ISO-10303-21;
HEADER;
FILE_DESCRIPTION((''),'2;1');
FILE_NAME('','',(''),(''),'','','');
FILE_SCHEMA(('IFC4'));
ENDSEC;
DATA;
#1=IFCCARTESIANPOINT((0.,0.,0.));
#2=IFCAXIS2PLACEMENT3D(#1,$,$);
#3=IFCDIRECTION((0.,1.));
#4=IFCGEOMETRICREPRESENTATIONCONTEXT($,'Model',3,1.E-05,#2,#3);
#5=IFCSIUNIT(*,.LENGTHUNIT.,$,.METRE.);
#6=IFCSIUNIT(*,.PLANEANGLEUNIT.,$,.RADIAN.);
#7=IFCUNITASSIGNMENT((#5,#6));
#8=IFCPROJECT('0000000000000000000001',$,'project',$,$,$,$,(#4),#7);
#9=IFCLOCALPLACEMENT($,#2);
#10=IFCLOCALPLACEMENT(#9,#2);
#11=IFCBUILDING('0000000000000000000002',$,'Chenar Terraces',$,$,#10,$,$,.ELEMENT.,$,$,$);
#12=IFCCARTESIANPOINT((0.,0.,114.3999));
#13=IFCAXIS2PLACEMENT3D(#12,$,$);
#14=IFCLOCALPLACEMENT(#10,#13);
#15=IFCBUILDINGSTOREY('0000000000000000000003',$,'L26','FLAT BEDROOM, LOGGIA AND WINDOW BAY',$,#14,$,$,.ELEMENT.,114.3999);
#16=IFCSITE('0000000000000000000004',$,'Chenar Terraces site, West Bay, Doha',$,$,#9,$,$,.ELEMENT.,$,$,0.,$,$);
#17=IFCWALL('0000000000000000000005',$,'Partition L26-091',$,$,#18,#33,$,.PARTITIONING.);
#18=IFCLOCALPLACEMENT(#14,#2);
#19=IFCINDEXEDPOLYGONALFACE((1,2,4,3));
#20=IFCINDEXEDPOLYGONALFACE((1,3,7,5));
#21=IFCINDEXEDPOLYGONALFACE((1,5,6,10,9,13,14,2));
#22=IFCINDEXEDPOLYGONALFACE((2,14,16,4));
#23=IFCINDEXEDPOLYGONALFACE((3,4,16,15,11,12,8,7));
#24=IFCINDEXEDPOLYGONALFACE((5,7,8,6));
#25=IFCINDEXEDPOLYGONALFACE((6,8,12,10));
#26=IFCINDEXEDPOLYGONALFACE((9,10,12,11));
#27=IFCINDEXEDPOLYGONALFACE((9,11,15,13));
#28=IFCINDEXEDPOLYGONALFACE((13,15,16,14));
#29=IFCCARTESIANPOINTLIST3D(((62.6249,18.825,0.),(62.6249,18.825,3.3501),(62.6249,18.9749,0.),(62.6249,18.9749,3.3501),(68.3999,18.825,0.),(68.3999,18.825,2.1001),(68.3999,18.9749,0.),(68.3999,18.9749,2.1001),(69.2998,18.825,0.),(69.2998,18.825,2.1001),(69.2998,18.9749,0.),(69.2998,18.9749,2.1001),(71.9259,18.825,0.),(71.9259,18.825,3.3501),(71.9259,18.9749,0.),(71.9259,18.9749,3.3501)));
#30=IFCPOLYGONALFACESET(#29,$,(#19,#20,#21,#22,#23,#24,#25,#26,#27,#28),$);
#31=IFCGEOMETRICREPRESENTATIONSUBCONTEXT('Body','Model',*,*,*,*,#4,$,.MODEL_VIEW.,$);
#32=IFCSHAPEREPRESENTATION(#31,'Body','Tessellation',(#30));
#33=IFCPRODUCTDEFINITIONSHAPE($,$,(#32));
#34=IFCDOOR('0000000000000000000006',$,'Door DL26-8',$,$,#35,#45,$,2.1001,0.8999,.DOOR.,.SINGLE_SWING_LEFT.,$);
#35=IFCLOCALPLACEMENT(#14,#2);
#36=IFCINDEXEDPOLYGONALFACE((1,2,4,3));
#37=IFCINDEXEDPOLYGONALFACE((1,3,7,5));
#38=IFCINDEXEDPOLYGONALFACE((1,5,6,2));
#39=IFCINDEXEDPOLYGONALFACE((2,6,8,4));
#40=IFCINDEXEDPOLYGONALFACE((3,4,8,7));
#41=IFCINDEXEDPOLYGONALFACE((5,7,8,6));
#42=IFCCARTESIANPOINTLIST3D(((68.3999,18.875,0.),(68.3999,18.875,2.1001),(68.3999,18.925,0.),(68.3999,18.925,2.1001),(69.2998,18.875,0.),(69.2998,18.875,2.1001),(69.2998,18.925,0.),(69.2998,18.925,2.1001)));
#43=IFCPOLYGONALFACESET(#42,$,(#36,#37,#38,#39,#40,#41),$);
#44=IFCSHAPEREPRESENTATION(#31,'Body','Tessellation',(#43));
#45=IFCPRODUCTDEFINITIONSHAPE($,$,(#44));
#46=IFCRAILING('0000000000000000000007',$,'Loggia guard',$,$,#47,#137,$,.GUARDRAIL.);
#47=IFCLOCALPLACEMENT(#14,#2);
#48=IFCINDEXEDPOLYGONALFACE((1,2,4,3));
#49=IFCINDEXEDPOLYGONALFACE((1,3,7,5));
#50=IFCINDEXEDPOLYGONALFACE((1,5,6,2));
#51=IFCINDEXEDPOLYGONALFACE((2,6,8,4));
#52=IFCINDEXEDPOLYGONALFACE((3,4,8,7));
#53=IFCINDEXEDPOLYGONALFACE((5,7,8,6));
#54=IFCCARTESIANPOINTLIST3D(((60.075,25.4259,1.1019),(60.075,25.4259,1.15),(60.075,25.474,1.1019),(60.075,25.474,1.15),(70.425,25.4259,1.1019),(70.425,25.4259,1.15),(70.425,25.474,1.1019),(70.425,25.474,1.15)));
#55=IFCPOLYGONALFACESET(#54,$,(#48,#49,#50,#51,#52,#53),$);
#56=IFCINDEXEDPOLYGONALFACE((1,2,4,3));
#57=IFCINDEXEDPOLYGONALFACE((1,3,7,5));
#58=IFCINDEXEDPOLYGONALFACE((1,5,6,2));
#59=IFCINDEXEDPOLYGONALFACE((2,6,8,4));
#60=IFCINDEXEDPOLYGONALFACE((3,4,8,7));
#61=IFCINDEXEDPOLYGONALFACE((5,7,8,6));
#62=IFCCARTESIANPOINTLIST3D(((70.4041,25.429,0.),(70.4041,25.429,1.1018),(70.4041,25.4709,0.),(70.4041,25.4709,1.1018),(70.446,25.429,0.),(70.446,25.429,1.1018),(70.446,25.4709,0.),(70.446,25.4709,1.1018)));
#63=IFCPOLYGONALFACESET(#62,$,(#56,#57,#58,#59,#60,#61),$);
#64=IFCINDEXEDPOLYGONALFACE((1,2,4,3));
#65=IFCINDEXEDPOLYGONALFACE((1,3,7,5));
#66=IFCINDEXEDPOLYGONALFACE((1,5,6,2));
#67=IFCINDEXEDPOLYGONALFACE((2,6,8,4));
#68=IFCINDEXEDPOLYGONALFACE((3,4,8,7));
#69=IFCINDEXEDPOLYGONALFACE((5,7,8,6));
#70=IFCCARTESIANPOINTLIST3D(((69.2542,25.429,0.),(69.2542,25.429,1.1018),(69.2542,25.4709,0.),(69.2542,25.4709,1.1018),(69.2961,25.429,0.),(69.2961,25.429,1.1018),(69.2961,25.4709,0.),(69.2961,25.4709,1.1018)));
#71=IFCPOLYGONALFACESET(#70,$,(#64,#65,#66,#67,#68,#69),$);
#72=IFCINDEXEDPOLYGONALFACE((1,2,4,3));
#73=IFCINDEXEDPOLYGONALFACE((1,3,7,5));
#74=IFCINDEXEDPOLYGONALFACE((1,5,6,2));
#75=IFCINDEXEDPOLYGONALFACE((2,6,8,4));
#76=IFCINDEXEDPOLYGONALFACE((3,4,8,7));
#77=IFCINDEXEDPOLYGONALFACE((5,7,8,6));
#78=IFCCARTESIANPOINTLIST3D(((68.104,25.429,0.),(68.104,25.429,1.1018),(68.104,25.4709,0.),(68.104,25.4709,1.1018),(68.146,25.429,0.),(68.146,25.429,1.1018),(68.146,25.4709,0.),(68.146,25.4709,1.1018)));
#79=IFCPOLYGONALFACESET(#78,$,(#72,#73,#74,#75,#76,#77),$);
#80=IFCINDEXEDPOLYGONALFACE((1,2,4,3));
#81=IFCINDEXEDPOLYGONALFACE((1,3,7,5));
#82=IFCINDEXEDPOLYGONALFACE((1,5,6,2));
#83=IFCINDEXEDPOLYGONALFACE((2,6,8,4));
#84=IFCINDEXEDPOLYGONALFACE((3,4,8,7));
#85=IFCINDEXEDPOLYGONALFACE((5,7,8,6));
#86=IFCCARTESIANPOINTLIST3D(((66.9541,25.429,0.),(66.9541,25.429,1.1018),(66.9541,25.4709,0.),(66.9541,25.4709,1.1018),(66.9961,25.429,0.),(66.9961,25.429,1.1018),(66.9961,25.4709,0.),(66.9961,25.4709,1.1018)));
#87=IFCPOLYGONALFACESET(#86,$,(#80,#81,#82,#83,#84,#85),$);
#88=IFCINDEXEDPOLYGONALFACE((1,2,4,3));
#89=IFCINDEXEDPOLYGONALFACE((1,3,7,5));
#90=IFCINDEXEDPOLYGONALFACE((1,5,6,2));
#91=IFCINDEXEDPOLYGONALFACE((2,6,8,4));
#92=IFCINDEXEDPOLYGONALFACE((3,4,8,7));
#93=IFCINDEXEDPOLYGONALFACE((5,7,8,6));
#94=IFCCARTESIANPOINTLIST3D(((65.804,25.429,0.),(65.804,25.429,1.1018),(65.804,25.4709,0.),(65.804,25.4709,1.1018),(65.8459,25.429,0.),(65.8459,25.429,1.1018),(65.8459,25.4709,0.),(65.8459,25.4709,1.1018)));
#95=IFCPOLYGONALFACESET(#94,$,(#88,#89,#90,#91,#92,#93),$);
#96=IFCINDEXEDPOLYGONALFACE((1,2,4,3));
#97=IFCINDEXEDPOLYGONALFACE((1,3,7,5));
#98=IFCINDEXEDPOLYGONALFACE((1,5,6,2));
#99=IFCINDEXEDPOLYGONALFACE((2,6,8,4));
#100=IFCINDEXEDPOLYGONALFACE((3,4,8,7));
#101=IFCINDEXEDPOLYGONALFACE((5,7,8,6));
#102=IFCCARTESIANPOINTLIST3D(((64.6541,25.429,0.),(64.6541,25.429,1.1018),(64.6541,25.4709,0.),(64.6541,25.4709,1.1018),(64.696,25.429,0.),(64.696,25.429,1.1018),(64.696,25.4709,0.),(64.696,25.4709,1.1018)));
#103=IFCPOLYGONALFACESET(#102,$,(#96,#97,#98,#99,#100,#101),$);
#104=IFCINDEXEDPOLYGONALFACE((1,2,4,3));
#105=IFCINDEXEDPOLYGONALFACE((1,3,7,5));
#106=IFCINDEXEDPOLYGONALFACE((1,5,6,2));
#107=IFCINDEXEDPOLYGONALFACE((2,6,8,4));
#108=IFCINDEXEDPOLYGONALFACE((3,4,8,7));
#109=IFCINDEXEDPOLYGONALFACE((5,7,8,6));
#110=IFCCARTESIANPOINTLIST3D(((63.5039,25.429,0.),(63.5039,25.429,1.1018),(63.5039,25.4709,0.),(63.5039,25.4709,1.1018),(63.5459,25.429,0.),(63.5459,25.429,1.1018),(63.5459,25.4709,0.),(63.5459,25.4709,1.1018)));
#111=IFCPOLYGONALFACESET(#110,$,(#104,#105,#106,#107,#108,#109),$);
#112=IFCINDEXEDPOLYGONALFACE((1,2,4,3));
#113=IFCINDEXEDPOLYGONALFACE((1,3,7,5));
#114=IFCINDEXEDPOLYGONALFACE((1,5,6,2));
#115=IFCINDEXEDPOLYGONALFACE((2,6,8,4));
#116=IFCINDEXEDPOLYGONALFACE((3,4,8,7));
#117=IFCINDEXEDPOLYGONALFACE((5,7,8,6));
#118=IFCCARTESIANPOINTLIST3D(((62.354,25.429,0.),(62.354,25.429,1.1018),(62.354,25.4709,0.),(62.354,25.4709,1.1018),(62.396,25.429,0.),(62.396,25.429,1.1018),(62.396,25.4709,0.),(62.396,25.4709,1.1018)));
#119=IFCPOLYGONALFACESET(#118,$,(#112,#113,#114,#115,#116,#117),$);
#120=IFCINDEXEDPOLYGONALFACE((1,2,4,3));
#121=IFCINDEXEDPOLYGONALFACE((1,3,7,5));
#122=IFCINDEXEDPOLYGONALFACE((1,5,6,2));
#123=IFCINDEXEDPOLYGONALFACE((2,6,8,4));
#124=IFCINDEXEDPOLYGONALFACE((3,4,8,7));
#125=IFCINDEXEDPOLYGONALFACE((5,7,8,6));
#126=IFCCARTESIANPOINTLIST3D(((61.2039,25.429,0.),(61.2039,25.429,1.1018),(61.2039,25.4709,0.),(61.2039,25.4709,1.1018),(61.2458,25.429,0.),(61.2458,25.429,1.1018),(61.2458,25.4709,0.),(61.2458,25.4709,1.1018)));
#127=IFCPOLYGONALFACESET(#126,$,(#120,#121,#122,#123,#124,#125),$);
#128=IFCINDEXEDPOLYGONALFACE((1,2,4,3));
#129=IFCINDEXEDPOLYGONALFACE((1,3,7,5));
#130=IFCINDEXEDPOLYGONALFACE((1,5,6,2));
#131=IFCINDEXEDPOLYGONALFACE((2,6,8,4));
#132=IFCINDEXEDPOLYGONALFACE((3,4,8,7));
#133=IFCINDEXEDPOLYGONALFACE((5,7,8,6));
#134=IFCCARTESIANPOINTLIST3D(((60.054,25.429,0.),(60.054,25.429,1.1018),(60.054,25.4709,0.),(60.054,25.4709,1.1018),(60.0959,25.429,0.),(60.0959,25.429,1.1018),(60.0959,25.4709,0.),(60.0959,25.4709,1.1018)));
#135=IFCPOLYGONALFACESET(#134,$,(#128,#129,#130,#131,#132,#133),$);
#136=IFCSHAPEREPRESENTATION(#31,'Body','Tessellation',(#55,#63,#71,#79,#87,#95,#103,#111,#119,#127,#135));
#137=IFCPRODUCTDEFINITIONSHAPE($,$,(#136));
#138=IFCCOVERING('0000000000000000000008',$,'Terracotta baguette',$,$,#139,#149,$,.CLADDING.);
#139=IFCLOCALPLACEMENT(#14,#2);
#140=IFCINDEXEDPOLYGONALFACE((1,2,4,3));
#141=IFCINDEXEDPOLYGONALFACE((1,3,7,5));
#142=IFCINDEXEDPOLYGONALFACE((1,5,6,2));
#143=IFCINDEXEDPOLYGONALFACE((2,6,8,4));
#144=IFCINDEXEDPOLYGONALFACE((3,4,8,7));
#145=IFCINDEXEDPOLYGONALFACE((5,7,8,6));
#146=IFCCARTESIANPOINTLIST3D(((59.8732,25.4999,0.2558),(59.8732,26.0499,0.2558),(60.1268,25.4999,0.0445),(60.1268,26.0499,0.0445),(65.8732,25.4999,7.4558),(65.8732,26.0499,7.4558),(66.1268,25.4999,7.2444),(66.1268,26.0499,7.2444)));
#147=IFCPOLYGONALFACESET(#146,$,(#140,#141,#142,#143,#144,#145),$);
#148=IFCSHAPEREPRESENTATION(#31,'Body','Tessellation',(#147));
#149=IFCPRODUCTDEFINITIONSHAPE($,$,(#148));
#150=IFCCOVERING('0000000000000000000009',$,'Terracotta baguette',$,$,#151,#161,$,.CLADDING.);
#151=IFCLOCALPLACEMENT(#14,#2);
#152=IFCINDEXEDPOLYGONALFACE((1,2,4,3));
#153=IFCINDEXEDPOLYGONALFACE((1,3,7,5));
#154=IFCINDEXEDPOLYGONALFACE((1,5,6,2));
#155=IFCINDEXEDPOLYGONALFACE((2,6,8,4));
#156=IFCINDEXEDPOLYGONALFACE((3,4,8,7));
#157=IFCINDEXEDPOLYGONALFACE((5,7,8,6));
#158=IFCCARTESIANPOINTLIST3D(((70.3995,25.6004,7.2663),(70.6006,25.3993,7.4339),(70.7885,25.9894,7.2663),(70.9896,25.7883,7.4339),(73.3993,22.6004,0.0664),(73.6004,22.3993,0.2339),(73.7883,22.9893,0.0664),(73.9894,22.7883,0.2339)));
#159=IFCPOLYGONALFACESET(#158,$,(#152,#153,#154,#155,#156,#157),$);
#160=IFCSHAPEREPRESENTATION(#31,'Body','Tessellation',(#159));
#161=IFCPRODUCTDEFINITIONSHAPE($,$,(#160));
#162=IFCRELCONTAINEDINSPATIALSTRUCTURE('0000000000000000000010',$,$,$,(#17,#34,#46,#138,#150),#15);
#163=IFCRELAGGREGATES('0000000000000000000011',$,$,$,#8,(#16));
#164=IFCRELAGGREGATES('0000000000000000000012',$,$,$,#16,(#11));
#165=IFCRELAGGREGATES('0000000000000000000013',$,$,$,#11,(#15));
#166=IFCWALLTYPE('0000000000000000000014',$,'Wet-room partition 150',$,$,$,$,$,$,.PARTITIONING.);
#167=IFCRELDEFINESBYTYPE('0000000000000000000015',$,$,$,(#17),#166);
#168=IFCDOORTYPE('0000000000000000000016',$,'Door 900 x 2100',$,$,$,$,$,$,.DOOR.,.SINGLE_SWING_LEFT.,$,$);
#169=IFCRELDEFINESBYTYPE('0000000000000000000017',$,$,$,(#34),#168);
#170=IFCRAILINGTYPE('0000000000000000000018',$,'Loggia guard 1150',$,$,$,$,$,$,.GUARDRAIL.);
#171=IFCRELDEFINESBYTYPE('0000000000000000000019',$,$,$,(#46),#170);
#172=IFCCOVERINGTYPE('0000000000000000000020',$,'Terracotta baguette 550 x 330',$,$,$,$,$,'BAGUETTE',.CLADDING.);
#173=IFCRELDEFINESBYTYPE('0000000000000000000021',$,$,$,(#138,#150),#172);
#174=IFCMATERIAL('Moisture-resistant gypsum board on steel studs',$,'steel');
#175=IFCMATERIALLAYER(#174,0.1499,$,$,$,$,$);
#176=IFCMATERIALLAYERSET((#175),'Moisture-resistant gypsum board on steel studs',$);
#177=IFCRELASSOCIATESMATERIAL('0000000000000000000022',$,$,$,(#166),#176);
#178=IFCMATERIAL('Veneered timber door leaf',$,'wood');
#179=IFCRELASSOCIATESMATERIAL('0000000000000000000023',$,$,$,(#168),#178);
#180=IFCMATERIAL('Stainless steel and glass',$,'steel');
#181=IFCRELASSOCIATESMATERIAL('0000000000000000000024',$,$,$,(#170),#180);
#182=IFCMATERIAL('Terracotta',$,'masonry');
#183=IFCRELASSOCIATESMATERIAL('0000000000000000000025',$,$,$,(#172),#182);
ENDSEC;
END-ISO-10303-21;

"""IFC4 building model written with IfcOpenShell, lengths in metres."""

from ifc_helpers import new_model, si_unit, direction, frame, frame_2d, origin, origin_2d, place, context, subcontext, project, spatial, rectangle, extrude, material, layer, layer_set, material_profile, profile_set, type_object, element, fill, save


model = new_model("IFC4")

# Units and contexts
model_context = context("Model", 3, precision=1e-05, world=origin(), true_north=direction((0.0, 1.0)))
body_context = subcontext(model_context, "Body", "Model", "MODEL_VIEW")
ifc_project = project(units=[si_unit("LENGTHUNIT", "METRE"), si_unit("PLANEANGLEUNIT", "RADIAN")], contexts=[model_context])

# Site, building, storey
site_placement = place(None, origin())
site = spatial("IfcSite", under=ifc_project, at=site_placement, Name="Chenar Terraces site, West Bay, Doha", CompositionType="ELEMENT", RefElevation=0.0)
building_placement = place(site_placement, origin())
building = spatial("IfcBuilding", under=site, at=building_placement, Name="Chenar Terraces", CompositionType="ELEMENT")
storey_placement = place(building_placement, frame((0.0, 0.0, 114.3999)))
storey = spatial("IfcBuildingStorey", under=building, at=storey_placement, Name="L26", Description="FLAT BEDROOM, LOGGIA AND WINDOW BAY", CompositionType="ELEMENT", Elevation=114.3999)

# Wall, opening, door
ifc_material_1 = material(Name="Moisture-resistant gypsum board on steel studs", Category="steel")
ifc_layer_1 = layer(ifc_material_1, 0.1499)
ifc_layer_set_1 = layer_set([ifc_layer_1], Name="Moisture-resistant gypsum board on steel studs")
wall_type_1 = type_object("IfcWallType", Name="Wet-room partition 150", PredefinedType="PARTITIONING", material=ifc_layer_set_1)
wall_1_placement = place(storey_placement, frame((62.625, 18.8999, 0.0), z_axis=(0.0, 0.0, 1.0), x_axis=(1.0, 0.0, 0.0)))
wall_1 = element("IfcWall", 1, at=wall_1_placement, inside=storey, type_object=wall_type_1, Name="Partition L26-091", PredefinedType="PARTITIONING", context=body_context, shape_type="SweptSolid", body=[
    extrude(rectangle(XDim=9.301, YDim=0.1499, at=frame_2d((4.6504, 0.0))), origin(), (0.0, 0.0, 1.0), 3.3501),
])
opening_1_placement = place(wall_1_placement, frame((5.7749, 0.0, 0.0)))
opening_1 = element("IfcOpeningElement", 2, at=opening_1_placement, cuts=wall_1, PredefinedType="OPENING", context=body_context, shape_type="SweptSolid", body=[
    extrude(rectangle(XDim=0.8999, YDim=2.1001, at=frame_2d((0.45, 1.05))), frame((0.0, 0.085, 0.0), z_axis=(0.0, -1.0, 0.0), x_axis=(1.0, 0.0, 0.0)), (0.0, 0.0, 1.0), 0.1699),
])
ifc_material_2 = material(Name="Veneered timber door leaf", Category="wood")
door_type_1 = type_object("IfcDoorType", Name="Door 900 x 2100", OperationType="SINGLE_SWING_LEFT", PredefinedType="DOOR", material=ifc_material_2)
door_1_placement = place(opening_1_placement, frame((0.8999, 0.0, 0.0), z_axis=(0.0, 0.0, 1.0), x_axis=(-1.0, 0.0, 0.0)))
door_1 = element("IfcDoor", 3, at=door_1_placement, inside=storey, type_object=door_type_1, Name="Door DL26-8", OperationType="SINGLE_SWING_LEFT", OverallHeight=2.1001, OverallWidth=0.8999, PredefinedType="DOOR", context=body_context, shape_type="SweptSolid", body=[
    extrude(rectangle(XDim=0.8999, YDim=2.1001, at=frame_2d((0.45, 1.05))), frame((0.0, 0.0249, 0.0), z_axis=(0.0, -1.0, 0.0), x_axis=(1.0, 0.0, 0.0)), (0.0, 0.0, 1.0), 0.05),
])
fill(opening_1, door_1)

# Railing
ifc_material_3 = material(Name="Stainless steel and glass", Category="steel")
railing_type = type_object("IfcRailingType", Name="Loggia guard 1150", PredefinedType="GUARDRAIL", material=ifc_material_3)
railing_placement = place(storey_placement, frame((70.425, 25.45, 0.0)))
element("IfcRailing", 4, at=railing_placement, inside=storey, type_object=railing_type, Name="Loggia guard", PredefinedType="GUARDRAIL", context=body_context, shape_type="SweptSolid", body=[
    extrude(rectangle(XDim=0.0481, YDim=0.0481, at=origin_2d()), frame((0.0, 0.0, 1.126), z_axis=(-1.0, 0.0, 0.0), x_axis=(0.0, -1.0, 0.0)), (0.0, 0.0, 1.0), 10.3501),
    extrude(rectangle(XDim=0.042, YDim=0.042, at=origin_2d()), origin(), (0.0, 0.0, 1.0), 1.1018),
    extrude(rectangle(XDim=0.042, YDim=0.042, at=origin_2d()), frame((-1.1499, 0.0, 0.0)), (0.0, 0.0, 1.0), 1.1018),
    extrude(rectangle(XDim=0.042, YDim=0.042, at=origin_2d()), frame((-2.3, 0.0, 0.0)), (0.0, 0.0, 1.0), 1.1018),
    extrude(rectangle(XDim=0.042, YDim=0.042, at=origin_2d()), frame((-3.45, 0.0, 0.0)), (0.0, 0.0, 1.0), 1.1018),
    extrude(rectangle(XDim=0.042, YDim=0.042, at=origin_2d()), frame((-4.6001, 0.0, 0.0)), (0.0, 0.0, 1.0), 1.1018),
    extrude(rectangle(XDim=0.042, YDim=0.042, at=origin_2d()), frame((-5.75, 0.0, 0.0)), (0.0, 0.0, 1.0), 1.1018),
    extrude(rectangle(XDim=0.042, YDim=0.042, at=origin_2d()), frame((-6.9001, 0.0, 0.0)), (0.0, 0.0, 1.0), 1.1018),
    extrude(rectangle(XDim=0.042, YDim=0.042, at=origin_2d()), frame((-8.05, 0.0, 0.0)), (0.0, 0.0, 1.0), 1.1018),
    extrude(rectangle(XDim=0.042, YDim=0.042, at=origin_2d()), frame((-9.2002, 0.0, 0.0)), (0.0, 0.0, 1.0), 1.1018),
    extrude(rectangle(XDim=0.042, YDim=0.042, at=origin_2d()), frame((-10.3501, 0.0, 0.0)), (0.0, 0.0, 1.0), 1.1018),
])

# Coverings
ifc_material_4 = material(Name="Terracotta", Category="masonry")
ifc_material_profile_1 = material_profile(ifc_material_4, rectangle(XDim=0.55, YDim=0.3301, at=origin_2d()), Name="Terracotta baguette 550 x 330")
ifc_profile_set_1 = profile_set([ifc_material_profile_1], Name="Terracotta")
covering_type = type_object("IfcCoveringType", Name="Terracotta baguette 550 x 330", ElementType="BAGUETTE", PredefinedType="CLADDING", material=ifc_profile_set_1)
covering_1_placement = place(storey_placement, frame((66.0, 25.7749, 7.3501), z_axis=(-0.640187, 0.0, -0.768219), x_axis=(0.0, -1.0, 0.0)))
element("IfcCovering", 5, at=covering_1_placement, inside=storey, type_object=covering_type, Name="Terracotta baguette", PredefinedType="CLADDING", context=body_context, shape_type="SweptSolid", body=[
    extrude(rectangle(XDim=0.55, YDim=0.3301, at=origin_2d()), origin(), (0.0, 0.0, 1.0), 9.3723),
])
covering_2_placement = place(storey_placement, frame((73.6943, 22.6943, 0.1501), z_axis=(-0.358955, 0.358985, 0.861557), x_axis=(-0.707136, -0.707078, 0.0)))
element("IfcCovering", 6, at=covering_2_placement, inside=storey, type_object=covering_type, Name="Terracotta baguette", PredefinedType="CLADDING", context=body_context, shape_type="SweptSolid", body=[
    extrude(rectangle(XDim=0.55, YDim=0.3301, at=origin_2d()), origin(), (0.0, 0.0, 1.0), 8.3569),
])

save(model, "model.ifc")
